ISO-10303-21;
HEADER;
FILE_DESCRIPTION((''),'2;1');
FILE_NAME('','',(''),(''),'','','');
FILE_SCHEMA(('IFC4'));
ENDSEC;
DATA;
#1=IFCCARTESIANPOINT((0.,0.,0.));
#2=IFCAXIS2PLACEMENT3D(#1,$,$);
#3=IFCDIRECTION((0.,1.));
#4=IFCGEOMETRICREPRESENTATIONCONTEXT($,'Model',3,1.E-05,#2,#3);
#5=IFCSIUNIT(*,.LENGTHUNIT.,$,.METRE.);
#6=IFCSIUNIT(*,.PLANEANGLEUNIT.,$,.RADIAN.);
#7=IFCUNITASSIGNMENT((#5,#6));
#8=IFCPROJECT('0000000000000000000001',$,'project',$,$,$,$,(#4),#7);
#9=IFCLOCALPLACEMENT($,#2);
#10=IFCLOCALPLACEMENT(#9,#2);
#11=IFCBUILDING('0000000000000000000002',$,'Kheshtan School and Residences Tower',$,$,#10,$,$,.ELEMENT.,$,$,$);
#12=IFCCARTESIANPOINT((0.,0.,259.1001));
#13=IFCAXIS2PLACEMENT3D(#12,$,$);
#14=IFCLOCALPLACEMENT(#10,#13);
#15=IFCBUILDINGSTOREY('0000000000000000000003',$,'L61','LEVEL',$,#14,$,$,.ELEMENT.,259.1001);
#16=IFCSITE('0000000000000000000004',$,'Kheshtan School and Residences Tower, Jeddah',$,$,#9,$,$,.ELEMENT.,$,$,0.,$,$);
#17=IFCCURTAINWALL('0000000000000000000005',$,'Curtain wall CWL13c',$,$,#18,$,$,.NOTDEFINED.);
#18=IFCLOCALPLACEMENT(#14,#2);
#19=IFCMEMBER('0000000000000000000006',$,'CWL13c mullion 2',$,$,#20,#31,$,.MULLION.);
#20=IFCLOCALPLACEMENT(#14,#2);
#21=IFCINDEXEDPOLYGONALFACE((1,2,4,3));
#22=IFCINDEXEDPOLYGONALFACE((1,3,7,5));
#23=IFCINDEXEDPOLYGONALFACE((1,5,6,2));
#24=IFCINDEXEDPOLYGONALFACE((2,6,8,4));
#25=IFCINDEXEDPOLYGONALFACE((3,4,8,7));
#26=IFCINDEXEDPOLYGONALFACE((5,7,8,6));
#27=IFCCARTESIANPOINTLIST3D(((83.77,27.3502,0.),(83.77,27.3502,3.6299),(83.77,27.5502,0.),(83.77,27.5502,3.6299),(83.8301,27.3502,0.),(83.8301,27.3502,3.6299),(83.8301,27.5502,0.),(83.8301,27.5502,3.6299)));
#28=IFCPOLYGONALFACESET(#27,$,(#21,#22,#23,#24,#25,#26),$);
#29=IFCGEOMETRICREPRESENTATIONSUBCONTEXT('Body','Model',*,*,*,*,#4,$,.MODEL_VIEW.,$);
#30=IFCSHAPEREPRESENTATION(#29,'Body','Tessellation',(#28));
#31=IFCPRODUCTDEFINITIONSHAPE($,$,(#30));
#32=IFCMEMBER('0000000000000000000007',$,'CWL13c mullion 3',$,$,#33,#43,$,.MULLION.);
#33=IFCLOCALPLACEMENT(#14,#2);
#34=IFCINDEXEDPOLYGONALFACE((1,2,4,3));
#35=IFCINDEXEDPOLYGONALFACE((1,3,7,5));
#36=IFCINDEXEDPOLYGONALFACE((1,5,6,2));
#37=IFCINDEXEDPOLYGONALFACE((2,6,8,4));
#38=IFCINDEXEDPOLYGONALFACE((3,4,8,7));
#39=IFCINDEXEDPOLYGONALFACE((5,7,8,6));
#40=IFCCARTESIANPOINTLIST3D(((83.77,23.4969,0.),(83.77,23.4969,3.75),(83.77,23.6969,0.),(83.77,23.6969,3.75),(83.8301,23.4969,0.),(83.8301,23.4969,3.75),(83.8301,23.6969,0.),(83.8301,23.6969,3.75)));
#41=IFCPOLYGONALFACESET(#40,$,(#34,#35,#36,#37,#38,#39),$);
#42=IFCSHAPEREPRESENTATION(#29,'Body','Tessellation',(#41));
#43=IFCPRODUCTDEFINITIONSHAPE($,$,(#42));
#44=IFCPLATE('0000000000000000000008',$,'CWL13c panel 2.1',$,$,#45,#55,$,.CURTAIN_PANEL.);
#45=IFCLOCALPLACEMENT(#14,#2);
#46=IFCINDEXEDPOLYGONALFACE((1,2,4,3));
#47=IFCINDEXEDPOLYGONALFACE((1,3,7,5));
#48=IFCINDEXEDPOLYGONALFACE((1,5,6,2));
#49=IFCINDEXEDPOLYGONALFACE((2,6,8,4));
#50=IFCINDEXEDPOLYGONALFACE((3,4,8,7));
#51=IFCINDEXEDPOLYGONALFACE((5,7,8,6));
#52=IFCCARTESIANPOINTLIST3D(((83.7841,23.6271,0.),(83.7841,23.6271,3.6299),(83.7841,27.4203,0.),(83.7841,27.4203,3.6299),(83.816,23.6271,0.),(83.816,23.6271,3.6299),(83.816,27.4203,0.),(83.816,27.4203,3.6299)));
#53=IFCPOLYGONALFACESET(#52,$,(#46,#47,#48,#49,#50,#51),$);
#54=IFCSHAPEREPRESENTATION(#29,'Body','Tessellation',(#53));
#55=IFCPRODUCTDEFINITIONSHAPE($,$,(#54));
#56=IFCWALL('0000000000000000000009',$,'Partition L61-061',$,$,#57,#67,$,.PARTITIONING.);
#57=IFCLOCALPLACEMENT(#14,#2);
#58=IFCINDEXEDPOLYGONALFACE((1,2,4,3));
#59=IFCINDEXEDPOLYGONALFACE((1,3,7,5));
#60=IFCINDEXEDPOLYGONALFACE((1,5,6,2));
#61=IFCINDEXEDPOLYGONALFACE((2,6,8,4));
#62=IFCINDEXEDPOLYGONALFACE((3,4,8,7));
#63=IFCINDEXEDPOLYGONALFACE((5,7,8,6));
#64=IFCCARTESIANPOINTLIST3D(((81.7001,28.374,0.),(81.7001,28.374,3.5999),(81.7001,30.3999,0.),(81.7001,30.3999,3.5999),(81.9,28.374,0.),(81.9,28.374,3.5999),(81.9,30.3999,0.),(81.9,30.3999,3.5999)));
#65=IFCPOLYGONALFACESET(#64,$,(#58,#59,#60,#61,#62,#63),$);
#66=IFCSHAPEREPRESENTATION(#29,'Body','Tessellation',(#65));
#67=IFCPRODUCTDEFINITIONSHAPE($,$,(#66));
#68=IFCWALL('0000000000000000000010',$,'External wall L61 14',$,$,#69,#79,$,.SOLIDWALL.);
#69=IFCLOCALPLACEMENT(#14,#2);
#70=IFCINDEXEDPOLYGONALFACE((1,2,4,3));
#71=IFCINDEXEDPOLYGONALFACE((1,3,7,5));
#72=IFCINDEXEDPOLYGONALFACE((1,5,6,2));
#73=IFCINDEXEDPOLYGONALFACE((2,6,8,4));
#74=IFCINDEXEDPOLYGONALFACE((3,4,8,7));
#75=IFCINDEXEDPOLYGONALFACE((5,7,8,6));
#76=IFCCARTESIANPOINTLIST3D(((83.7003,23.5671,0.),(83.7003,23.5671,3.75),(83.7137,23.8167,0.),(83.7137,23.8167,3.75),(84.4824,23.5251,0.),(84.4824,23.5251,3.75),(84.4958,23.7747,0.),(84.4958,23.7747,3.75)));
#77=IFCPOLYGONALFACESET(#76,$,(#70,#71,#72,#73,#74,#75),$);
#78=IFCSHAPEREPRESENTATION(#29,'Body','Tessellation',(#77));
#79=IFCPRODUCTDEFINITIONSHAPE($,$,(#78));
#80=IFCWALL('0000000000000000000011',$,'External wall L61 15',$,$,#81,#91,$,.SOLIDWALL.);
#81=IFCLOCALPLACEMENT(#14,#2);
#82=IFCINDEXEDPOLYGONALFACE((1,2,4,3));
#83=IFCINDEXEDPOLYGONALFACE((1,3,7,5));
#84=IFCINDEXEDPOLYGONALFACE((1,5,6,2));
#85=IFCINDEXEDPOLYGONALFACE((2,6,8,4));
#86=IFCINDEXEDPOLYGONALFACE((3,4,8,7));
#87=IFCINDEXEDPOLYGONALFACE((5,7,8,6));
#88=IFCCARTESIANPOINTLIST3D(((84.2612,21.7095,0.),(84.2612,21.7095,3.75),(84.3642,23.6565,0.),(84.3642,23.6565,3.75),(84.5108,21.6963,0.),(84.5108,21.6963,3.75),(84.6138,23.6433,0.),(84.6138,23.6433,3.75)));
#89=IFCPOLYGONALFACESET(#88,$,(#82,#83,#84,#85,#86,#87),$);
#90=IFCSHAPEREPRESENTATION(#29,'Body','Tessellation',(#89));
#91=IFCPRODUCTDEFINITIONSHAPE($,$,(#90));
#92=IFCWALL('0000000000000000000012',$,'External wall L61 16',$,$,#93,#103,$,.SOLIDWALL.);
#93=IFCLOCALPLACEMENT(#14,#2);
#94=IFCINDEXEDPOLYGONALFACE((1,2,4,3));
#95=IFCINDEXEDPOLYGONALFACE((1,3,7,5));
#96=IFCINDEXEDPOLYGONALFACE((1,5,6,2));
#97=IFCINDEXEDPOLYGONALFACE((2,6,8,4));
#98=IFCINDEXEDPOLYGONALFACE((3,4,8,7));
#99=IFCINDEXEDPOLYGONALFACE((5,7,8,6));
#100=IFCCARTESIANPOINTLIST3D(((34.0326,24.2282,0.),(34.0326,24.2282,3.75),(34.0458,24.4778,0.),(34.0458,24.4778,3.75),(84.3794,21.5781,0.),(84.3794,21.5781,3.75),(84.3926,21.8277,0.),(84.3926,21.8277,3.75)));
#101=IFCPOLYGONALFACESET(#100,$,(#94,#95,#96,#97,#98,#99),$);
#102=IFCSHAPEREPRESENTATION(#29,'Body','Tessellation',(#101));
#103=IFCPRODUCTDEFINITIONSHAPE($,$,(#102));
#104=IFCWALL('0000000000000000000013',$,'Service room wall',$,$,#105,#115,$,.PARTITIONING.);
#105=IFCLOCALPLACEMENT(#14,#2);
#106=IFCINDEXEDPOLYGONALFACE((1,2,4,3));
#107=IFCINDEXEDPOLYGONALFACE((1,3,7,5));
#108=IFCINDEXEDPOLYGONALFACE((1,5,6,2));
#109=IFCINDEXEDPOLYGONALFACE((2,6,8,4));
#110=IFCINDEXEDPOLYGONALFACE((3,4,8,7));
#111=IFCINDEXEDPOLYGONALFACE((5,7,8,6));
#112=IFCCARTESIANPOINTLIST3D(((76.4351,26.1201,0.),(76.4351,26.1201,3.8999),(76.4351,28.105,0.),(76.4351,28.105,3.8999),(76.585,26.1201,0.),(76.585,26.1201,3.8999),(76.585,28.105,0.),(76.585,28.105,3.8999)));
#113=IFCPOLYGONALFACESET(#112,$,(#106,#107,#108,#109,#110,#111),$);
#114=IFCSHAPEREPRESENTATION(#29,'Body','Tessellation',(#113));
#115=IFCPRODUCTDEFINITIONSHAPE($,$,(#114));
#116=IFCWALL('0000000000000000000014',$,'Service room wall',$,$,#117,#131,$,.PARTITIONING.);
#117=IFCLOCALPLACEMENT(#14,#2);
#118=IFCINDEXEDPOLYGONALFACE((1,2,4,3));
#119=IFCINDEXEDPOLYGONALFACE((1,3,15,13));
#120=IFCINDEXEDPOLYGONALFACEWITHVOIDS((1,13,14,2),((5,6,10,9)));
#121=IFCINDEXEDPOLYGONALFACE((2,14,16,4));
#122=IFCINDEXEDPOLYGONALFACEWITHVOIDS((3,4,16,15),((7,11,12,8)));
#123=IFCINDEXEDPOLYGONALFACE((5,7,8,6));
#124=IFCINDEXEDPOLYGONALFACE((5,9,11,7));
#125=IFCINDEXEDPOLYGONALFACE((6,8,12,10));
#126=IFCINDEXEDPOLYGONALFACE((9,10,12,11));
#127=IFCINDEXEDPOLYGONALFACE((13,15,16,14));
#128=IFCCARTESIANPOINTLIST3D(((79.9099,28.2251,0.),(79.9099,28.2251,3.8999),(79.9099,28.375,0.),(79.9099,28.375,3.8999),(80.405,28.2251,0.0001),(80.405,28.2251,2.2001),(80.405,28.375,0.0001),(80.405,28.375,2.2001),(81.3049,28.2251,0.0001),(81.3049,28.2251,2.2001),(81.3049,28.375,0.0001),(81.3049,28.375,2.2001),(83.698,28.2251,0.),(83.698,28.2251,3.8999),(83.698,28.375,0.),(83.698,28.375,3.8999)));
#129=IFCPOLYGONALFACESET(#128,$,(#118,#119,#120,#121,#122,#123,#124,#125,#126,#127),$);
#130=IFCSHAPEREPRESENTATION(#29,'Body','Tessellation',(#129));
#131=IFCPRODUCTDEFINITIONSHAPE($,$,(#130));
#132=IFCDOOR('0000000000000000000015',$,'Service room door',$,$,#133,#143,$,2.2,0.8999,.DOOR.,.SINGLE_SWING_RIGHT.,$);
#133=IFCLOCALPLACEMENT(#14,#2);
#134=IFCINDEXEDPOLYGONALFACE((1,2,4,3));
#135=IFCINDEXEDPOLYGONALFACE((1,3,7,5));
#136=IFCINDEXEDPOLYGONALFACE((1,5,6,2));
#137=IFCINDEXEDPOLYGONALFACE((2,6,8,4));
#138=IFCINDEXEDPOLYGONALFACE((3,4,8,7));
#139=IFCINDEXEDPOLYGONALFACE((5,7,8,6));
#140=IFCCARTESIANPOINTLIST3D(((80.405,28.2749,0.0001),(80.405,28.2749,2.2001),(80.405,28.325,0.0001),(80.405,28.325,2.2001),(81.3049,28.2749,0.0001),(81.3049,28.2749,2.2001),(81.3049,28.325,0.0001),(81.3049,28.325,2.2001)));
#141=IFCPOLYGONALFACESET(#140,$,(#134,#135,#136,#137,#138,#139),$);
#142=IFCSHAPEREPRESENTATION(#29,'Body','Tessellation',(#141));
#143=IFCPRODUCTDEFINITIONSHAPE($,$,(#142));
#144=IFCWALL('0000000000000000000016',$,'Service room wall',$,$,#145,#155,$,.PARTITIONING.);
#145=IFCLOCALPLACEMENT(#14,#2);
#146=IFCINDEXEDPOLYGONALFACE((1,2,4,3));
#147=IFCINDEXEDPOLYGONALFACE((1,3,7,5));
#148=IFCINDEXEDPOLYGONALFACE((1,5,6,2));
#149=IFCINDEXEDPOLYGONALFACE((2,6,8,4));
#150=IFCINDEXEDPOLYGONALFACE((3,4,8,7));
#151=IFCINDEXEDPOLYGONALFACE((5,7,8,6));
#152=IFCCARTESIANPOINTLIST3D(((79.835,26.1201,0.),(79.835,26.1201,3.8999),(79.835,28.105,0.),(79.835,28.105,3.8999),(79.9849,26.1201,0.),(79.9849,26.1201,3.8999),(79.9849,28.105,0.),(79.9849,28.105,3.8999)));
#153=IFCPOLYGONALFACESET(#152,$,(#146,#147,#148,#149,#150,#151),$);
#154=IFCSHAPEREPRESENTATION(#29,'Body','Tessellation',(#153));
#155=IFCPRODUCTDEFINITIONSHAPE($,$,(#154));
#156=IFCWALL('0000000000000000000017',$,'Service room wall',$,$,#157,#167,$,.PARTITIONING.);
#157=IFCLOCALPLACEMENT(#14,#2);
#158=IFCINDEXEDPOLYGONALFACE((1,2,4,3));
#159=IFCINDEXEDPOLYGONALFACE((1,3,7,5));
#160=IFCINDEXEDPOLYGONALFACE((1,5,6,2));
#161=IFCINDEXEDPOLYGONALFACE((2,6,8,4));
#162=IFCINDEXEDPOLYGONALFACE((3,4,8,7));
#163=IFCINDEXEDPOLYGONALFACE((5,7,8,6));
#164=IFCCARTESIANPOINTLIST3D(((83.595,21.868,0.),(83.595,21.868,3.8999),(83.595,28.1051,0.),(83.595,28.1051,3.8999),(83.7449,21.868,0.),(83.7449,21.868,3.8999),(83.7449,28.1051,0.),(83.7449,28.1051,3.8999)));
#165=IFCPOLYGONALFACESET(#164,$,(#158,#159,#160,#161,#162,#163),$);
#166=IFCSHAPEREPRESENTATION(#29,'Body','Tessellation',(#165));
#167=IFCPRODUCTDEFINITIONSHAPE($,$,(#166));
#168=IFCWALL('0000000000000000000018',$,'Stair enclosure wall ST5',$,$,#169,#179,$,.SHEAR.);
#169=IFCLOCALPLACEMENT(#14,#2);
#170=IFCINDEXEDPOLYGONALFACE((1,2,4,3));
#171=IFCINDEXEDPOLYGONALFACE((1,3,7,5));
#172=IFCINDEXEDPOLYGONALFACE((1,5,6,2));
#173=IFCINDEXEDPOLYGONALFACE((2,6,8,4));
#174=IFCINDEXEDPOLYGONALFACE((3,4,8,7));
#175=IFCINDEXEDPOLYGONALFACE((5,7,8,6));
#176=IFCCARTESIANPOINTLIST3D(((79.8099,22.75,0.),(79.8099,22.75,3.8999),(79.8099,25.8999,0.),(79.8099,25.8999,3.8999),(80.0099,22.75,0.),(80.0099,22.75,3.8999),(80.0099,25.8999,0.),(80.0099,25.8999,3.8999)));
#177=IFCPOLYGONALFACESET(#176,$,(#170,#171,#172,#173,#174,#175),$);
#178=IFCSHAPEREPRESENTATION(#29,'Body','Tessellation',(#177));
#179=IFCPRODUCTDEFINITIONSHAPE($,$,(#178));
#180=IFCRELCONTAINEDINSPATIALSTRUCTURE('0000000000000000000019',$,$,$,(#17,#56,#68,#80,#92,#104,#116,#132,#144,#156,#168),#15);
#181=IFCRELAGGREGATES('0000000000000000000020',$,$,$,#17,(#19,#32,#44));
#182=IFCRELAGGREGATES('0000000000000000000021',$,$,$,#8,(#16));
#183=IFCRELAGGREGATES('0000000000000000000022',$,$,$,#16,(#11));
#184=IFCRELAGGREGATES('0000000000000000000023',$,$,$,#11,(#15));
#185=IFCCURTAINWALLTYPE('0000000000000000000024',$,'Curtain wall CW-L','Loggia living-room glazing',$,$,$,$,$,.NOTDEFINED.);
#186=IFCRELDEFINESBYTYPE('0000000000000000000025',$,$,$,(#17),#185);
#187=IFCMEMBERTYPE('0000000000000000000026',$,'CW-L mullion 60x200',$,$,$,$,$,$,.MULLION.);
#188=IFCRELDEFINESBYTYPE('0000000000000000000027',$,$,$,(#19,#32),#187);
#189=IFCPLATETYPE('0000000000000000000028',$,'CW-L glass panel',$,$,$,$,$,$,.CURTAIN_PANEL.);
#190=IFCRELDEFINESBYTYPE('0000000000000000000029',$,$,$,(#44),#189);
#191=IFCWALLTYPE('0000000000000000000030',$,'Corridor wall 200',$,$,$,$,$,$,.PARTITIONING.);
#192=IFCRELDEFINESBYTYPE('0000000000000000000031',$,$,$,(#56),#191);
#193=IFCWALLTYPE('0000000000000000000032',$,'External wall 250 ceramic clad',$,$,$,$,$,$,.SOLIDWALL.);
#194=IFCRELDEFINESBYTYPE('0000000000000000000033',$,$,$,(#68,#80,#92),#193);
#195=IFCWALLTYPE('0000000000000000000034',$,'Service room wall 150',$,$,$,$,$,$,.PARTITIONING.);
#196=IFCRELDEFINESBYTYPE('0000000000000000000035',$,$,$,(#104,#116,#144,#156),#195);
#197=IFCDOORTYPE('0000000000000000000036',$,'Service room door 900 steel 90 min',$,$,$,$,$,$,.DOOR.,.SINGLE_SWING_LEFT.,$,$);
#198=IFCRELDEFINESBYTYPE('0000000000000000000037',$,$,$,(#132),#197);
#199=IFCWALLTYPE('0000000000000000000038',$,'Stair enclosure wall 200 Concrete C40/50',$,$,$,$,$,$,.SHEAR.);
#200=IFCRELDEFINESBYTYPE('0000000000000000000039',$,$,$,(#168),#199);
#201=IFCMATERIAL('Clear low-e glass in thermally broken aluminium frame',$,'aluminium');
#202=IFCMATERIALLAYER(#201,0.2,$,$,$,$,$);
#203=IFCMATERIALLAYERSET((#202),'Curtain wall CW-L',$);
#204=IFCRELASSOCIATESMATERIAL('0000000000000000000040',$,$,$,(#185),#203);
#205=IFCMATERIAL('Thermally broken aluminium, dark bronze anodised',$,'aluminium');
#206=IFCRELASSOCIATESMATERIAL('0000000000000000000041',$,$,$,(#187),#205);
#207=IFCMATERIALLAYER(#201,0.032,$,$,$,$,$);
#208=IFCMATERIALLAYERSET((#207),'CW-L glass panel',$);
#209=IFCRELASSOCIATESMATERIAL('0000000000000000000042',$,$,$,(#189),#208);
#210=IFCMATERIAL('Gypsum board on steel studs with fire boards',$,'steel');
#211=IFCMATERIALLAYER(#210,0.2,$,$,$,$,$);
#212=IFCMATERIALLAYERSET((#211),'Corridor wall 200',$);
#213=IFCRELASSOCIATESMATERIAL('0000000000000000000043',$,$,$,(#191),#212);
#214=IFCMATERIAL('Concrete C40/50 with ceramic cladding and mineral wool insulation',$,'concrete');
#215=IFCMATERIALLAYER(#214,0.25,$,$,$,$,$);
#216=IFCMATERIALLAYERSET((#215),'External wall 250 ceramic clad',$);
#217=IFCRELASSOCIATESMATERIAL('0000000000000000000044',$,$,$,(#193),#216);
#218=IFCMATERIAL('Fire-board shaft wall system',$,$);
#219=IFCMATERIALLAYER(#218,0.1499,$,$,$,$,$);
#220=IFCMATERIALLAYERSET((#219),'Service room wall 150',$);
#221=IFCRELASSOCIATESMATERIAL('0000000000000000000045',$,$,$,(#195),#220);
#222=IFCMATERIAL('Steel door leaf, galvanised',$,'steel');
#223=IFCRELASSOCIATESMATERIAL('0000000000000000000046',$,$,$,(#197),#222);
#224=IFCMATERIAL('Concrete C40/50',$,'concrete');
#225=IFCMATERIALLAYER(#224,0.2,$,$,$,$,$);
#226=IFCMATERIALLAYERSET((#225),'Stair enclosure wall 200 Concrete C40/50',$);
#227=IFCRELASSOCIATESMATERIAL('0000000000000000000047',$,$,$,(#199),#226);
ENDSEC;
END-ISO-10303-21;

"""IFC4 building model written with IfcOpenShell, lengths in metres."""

from ifc_helpers import new_model, si_unit, direction, frame, frame_2d, origin, origin_2d, place, context, subcontext, project, spatial, rectangle, extrude, source, transform, mapped, material, layer, layer_set, material_profile, profile_set, type_object, element, fill, aggregate, save


model = new_model("IFC4")

# Units and contexts
model_context = context("Model", 3, precision=1e-05, world=origin(), true_north=direction((0.0, 1.0)))
body_context = subcontext(model_context, "Body", "Model", "MODEL_VIEW")
ifc_project = project(units=[si_unit("LENGTHUNIT", "METRE"), si_unit("PLANEANGLEUNIT", "RADIAN")], contexts=[model_context])

# Site, building, storey
site_placement = place(None, origin())
site = spatial("IfcSite", under=ifc_project, at=site_placement, Name="Kheshtan School and Residences Tower, Jeddah", CompositionType="ELEMENT", RefElevation=0.0)
building_placement = place(site_placement, origin())
building = spatial("IfcBuilding", under=site, at=building_placement, Name="Kheshtan School and Residences Tower", CompositionType="ELEMENT")
storey_placement = place(building_placement, frame((0.0, 0.0, 259.1001)))
storey = spatial("IfcBuildingStorey", under=building, at=storey_placement, Name="L61", Description="LEVEL", CompositionType="ELEMENT", Elevation=259.1001)

# Curtain wall, members, plate
ifc_material_1 = material(Name="Clear low-e glass in thermally broken aluminium frame", Category="aluminium")
ifc_layer_1 = layer(ifc_material_1, 0.2)
ifc_layer_set_1 = layer_set([ifc_layer_1], Name="Curtain wall CW-L")
curtain_wall_type = type_object("IfcCurtainWallType", Name="Curtain wall CW-L", Description="Loggia living-room glazing", PredefinedType="NOTDEFINED", material=ifc_layer_set_1)
curtain_wall_placement = place(storey_placement, origin())
curtain_wall = element("IfcCurtainWall", 1, at=curtain_wall_placement, inside=storey, type_object=curtain_wall_type, Name="Curtain wall CWL13c", PredefinedType="NOTDEFINED")
ifc_material_2 = material(Name="Thermally broken aluminium, dark bronze anodised", Category="aluminium")
ifc_material_profile_1 = material_profile(ifc_material_2, rectangle(XDim=0.0601, YDim=0.2, at=origin_2d()), Name="CW-L mullion 60x200")
ifc_profile_set_1 = profile_set([ifc_material_profile_1], Name="Thermally broken aluminium, dark bronze anodised")
member_type = type_object("IfcMemberType", Name="CW-L mullion 60x200", PredefinedType="MULLION", material=ifc_profile_set_1)
member_1_placement = place(storey_placement, frame((83.8, 27.4502, 0.0), z_axis=(0.0, 0.0, 1.0), x_axis=(1.0, 0.0, 0.0)))
member_1 = element("IfcMember", 2, at=member_1_placement, type_object=member_type, Name="CWL13c mullion 2", PredefinedType="MULLION", context=body_context, shape_type="SweptSolid", body=[
    extrude(rectangle(XDim=0.0601, YDim=0.2, at=origin_2d()), origin(), (0.0, 0.0, 1.0), 3.6299),
])
member_2_placement = place(storey_placement, frame((83.8, 23.5969, 0.0), z_axis=(0.0, 0.0, 1.0), x_axis=(1.0, 0.0, 0.0)))
member_2 = element("IfcMember", 3, at=member_2_placement, type_object=member_type, Name="CWL13c mullion 3", PredefinedType="MULLION", context=body_context, shape_type="SweptSolid", body=[
    extrude(rectangle(XDim=0.0601, YDim=0.2, at=origin_2d()), origin(), (0.0, 0.0, 1.0), 3.75),
])
ifc_layer_2 = layer(ifc_material_1, 0.032)
ifc_layer_set_2 = layer_set([ifc_layer_2], Name="CW-L glass panel")
plate_type = type_object("IfcPlateType", Name="CW-L glass panel", PredefinedType="CURTAIN_PANEL", material=ifc_layer_set_2)
plate_placement = place(storey_placement, frame((83.8, 25.5237, 0.0), z_axis=(0.0, 0.0, 1.0), x_axis=(0.0, -1.0, 0.0)))
plate = element("IfcPlate", 4, at=plate_placement, type_object=plate_type, Name="CWL13c panel 2.1", PredefinedType="CURTAIN_PANEL", context=body_context, shape_type="SweptSolid", body=[
    extrude(rectangle(XDim=3.7932, YDim=0.032, at=origin_2d()), origin(), (0.0, 0.0, 1.0), 3.6299),
])
aggregate(curtain_wall, [member_1, member_2, plate])

# Walls
ifc_material_3 = material(Name="Gypsum board on steel studs with fire boards", Category="steel")
ifc_layer_3 = layer(ifc_material_3, 0.2)
ifc_layer_set_3 = layer_set([ifc_layer_3], Name="Corridor wall 200")
wall_type_1 = type_object("IfcWallType", Name="Corridor wall 200", PredefinedType="PARTITIONING", material=ifc_layer_set_3)
wall_1_placement = place(storey_placement, frame((81.8, 28.374, 0.0), z_axis=(0.0, 0.0, 1.0), x_axis=(0.0, 1.0, 0.0)))
element("IfcWall", 5, at=wall_1_placement, inside=storey, type_object=wall_type_1, Name="Partition L61-061", PredefinedType="PARTITIONING", context=body_context, shape_type="SweptSolid", body=[
    extrude(rectangle(XDim=2.0259, YDim=0.2, at=frame_2d((1.0129, 0.0))), origin(), (0.0, 0.0, 1.0), 3.5999),
])
ifc_material_4 = material(Name="Concrete C40/50 with ceramic cladding and mineral wool insulation", Category="concrete")
ifc_layer_4 = layer(ifc_material_4, 0.25)
ifc_layer_set_4 = layer_set([ifc_layer_4], Name="External wall 250 ceramic clad")
wall_type_2 = type_object("IfcWallType", Name="External wall 250 ceramic clad", PredefinedType="SOLIDWALL", material=ifc_layer_set_4)
wall_2_placement = place(storey_placement, frame((83.707, 23.6919, 0.0), z_axis=(0.0, 0.0, 1.0), x_axis=(0.998561, -0.053622, 0.0)))
element("IfcWall", 6, at=wall_2_placement, inside=storey, type_object=wall_type_2, Name="External wall L61 14", PredefinedType="SOLIDWALL", context=body_context, shape_type="SweptSolid", body=[
    extrude(rectangle(XDim=0.7832, YDim=0.25, at=frame_2d((0.3916, 0.0))), origin(), (0.0, 0.0, 1.0), 3.75),
])
wall_3_placement = place(storey_placement, frame((84.489, 23.6499, 0.0), z_axis=(0.0, 0.0, 1.0), x_axis=(-0.052841, -0.998603, 0.0)))
element("IfcWall", 7, at=wall_3_placement, inside=storey, type_object=wall_type_2, Name="External wall L61 15", PredefinedType="SOLIDWALL", context=body_context, shape_type="SweptSolid", body=[
    extrude(rectangle(XDim=1.9497, YDim=0.25, at=frame_2d((0.9749, 0.0))), origin(), (0.0, 0.0, 1.0), 3.75),
])
wall_4_placement = place(storey_placement, frame((84.386, 21.7029, 0.0), z_axis=(0.0, 0.0, 1.0), x_axis=(-0.998618, 0.052565, 0.0)))
element("IfcWall", 8, at=wall_4_placement, inside=storey, type_object=wall_type_2, Name="External wall L61 16", PredefinedType="SOLIDWALL", context=body_context, shape_type="SweptSolid", body=[
    extrude(rectangle(XDim=50.4165, YDim=0.25, at=frame_2d((25.2083, 0.0))), origin(), (0.0, 0.0, 1.0), 3.75),
])
ifc_material_5 = material(Name="Fire-board shaft wall system")
ifc_layer_5 = layer(ifc_material_5, 0.1499)
ifc_layer_set_5 = layer_set([ifc_layer_5], Name="Service room wall 150")
wall_type_3 = type_object("IfcWallType", Name="Service room wall 150", PredefinedType="PARTITIONING", material=ifc_layer_set_5)
wall_5_placement = place(storey_placement, frame((76.51, 26.1201, 0.0), z_axis=(0.0, 0.0, 1.0), x_axis=(0.0, 1.0, 0.0)))
element("IfcWall", 9, at=wall_5_placement, inside=storey, type_object=wall_type_3, Name="Service room wall", PredefinedType="PARTITIONING", context=body_context, shape_type="SweptSolid", body=[
    extrude(rectangle(XDim=1.9849, YDim=0.1499, at=frame_2d((0.9924, 0.0))), origin(), (0.0, 0.0, 1.0), 3.8999),
])

# Wall, opening, door
wall_6_placement = place(storey_placement, frame((79.9099, 28.3, 0.0), z_axis=(0.0, 0.0, 1.0), x_axis=(1.0, 0.0, 0.0)))
wall_6 = element("IfcWall", 10, at=wall_6_placement, inside=storey, type_object=wall_type_3, Name="Service room wall", PredefinedType="PARTITIONING", context=body_context, shape_type="SweptSolid", body=[
    extrude(rectangle(XDim=3.7881, YDim=0.1499, at=frame_2d((1.894, 0.0))), origin(), (0.0, 0.0, 1.0), 3.8999),
])
opening_placement = place(wall_6_placement, frame((0.4951, 0.0, 0.0)))
opening = element("IfcOpeningElement", 11, at=opening_placement, cuts=wall_6, PredefinedType="OPENING", context=body_context, shape_type="SweptSolid", body=[
    extrude(rectangle(XDim=0.8999, YDim=2.2, at=frame_2d((0.45, 1.1001))), frame((0.0, 0.085, 0.0), z_axis=(0.0, -1.0, 0.0), x_axis=(1.0, 0.0, 0.0)), (0.0, 0.0, 1.0), 0.1699),
])
ifc_material_6 = material(Name="Steel door leaf, galvanised", Category="steel")
door_type = type_object("IfcDoorType", Name="Service room door 900 steel 90 min", OperationType="SINGLE_SWING_LEFT", PredefinedType="DOOR", material=ifc_material_6)
shared_shape = source(origin(), body_context, "Body", "SweptSolid", [
    extrude(rectangle(XDim=0.8999, YDim=2.2, at=frame_2d((0.45, 1.1001))), frame((0.0, 0.0249, 0.0), z_axis=(0.0, -1.0, 0.0), x_axis=(1.0, 0.0, 0.0)), (0.0, 0.0, 1.0), 0.05),
])
door_placement = place(opening_placement, origin())
door = element("IfcDoor", 12, at=door_placement, inside=storey, type_object=door_type, Name="Service room door", OperationType="SINGLE_SWING_RIGHT", OverallHeight=2.2, OverallWidth=0.8999, PredefinedType="DOOR", context=body_context, shape_type="MappedRepresentation", body=[
    mapped(shared_shape, transform((0.0, 0.0, 0.0), x_axis=(1.0, 0.0, 0.0), y_axis=(0.0, 1.0, 0.0), z_axis=(0.0, 0.0, 1.0), scale=1.0)),
])
fill(opening, door)

# Walls
wall_7_placement = place(storey_placement, frame((79.9099, 26.1201, 0.0), z_axis=(0.0, 0.0, 1.0), x_axis=(0.0, 1.0, 0.0)))
element("IfcWall", 13, at=wall_7_placement, inside=storey, type_object=wall_type_3, Name="Service room wall", PredefinedType="PARTITIONING", context=body_context, shape_type="SweptSolid", body=[
    extrude(rectangle(XDim=1.9849, YDim=0.1499, at=frame_2d((0.9924, 0.0))), origin(), (0.0, 0.0, 1.0), 3.8999),
])
wall_8_placement = place(storey_placement, frame((83.6699, 21.8679, 0.0), z_axis=(0.0, 0.0, 1.0), x_axis=(0.0, 1.0, 0.0)))
element("IfcWall", 14, at=wall_8_placement, inside=storey, type_object=wall_type_3, Name="Service room wall", PredefinedType="PARTITIONING", context=body_context, shape_type="SweptSolid", body=[
    extrude(rectangle(XDim=6.2371, YDim=0.1499, at=frame_2d((3.1187, 0.0))), origin(), (0.0, 0.0, 1.0), 3.8999),
])
ifc_material_7 = material(Name="Concrete C40/50", Category="concrete")
ifc_layer_6 = layer(ifc_material_7, 0.2)
ifc_layer_set_6 = layer_set([ifc_layer_6], Name="Stair enclosure wall 200 Concrete C40/50")
wall_type_4 = type_object("IfcWallType", Name="Stair enclosure wall 200 Concrete C40/50", PredefinedType="SHEAR", material=ifc_layer_set_6)
wall_9_placement = place(storey_placement, frame((79.9099, 22.75, 0.0), z_axis=(0.0, 0.0, 1.0), x_axis=(0.0, 1.0, 0.0)))
element("IfcWall", 15, at=wall_9_placement, inside=storey, type_object=wall_type_4, Name="Stair enclosure wall ST5", PredefinedType="SHEAR", context=body_context, shape_type="SweptSolid", body=[
    extrude(rectangle(XDim=3.1499, YDim=0.2, at=frame_2d((1.575, 0.0))), origin(), (0.0, 0.0, 1.0), 3.8999),
])

save(model, "model.ifc")
